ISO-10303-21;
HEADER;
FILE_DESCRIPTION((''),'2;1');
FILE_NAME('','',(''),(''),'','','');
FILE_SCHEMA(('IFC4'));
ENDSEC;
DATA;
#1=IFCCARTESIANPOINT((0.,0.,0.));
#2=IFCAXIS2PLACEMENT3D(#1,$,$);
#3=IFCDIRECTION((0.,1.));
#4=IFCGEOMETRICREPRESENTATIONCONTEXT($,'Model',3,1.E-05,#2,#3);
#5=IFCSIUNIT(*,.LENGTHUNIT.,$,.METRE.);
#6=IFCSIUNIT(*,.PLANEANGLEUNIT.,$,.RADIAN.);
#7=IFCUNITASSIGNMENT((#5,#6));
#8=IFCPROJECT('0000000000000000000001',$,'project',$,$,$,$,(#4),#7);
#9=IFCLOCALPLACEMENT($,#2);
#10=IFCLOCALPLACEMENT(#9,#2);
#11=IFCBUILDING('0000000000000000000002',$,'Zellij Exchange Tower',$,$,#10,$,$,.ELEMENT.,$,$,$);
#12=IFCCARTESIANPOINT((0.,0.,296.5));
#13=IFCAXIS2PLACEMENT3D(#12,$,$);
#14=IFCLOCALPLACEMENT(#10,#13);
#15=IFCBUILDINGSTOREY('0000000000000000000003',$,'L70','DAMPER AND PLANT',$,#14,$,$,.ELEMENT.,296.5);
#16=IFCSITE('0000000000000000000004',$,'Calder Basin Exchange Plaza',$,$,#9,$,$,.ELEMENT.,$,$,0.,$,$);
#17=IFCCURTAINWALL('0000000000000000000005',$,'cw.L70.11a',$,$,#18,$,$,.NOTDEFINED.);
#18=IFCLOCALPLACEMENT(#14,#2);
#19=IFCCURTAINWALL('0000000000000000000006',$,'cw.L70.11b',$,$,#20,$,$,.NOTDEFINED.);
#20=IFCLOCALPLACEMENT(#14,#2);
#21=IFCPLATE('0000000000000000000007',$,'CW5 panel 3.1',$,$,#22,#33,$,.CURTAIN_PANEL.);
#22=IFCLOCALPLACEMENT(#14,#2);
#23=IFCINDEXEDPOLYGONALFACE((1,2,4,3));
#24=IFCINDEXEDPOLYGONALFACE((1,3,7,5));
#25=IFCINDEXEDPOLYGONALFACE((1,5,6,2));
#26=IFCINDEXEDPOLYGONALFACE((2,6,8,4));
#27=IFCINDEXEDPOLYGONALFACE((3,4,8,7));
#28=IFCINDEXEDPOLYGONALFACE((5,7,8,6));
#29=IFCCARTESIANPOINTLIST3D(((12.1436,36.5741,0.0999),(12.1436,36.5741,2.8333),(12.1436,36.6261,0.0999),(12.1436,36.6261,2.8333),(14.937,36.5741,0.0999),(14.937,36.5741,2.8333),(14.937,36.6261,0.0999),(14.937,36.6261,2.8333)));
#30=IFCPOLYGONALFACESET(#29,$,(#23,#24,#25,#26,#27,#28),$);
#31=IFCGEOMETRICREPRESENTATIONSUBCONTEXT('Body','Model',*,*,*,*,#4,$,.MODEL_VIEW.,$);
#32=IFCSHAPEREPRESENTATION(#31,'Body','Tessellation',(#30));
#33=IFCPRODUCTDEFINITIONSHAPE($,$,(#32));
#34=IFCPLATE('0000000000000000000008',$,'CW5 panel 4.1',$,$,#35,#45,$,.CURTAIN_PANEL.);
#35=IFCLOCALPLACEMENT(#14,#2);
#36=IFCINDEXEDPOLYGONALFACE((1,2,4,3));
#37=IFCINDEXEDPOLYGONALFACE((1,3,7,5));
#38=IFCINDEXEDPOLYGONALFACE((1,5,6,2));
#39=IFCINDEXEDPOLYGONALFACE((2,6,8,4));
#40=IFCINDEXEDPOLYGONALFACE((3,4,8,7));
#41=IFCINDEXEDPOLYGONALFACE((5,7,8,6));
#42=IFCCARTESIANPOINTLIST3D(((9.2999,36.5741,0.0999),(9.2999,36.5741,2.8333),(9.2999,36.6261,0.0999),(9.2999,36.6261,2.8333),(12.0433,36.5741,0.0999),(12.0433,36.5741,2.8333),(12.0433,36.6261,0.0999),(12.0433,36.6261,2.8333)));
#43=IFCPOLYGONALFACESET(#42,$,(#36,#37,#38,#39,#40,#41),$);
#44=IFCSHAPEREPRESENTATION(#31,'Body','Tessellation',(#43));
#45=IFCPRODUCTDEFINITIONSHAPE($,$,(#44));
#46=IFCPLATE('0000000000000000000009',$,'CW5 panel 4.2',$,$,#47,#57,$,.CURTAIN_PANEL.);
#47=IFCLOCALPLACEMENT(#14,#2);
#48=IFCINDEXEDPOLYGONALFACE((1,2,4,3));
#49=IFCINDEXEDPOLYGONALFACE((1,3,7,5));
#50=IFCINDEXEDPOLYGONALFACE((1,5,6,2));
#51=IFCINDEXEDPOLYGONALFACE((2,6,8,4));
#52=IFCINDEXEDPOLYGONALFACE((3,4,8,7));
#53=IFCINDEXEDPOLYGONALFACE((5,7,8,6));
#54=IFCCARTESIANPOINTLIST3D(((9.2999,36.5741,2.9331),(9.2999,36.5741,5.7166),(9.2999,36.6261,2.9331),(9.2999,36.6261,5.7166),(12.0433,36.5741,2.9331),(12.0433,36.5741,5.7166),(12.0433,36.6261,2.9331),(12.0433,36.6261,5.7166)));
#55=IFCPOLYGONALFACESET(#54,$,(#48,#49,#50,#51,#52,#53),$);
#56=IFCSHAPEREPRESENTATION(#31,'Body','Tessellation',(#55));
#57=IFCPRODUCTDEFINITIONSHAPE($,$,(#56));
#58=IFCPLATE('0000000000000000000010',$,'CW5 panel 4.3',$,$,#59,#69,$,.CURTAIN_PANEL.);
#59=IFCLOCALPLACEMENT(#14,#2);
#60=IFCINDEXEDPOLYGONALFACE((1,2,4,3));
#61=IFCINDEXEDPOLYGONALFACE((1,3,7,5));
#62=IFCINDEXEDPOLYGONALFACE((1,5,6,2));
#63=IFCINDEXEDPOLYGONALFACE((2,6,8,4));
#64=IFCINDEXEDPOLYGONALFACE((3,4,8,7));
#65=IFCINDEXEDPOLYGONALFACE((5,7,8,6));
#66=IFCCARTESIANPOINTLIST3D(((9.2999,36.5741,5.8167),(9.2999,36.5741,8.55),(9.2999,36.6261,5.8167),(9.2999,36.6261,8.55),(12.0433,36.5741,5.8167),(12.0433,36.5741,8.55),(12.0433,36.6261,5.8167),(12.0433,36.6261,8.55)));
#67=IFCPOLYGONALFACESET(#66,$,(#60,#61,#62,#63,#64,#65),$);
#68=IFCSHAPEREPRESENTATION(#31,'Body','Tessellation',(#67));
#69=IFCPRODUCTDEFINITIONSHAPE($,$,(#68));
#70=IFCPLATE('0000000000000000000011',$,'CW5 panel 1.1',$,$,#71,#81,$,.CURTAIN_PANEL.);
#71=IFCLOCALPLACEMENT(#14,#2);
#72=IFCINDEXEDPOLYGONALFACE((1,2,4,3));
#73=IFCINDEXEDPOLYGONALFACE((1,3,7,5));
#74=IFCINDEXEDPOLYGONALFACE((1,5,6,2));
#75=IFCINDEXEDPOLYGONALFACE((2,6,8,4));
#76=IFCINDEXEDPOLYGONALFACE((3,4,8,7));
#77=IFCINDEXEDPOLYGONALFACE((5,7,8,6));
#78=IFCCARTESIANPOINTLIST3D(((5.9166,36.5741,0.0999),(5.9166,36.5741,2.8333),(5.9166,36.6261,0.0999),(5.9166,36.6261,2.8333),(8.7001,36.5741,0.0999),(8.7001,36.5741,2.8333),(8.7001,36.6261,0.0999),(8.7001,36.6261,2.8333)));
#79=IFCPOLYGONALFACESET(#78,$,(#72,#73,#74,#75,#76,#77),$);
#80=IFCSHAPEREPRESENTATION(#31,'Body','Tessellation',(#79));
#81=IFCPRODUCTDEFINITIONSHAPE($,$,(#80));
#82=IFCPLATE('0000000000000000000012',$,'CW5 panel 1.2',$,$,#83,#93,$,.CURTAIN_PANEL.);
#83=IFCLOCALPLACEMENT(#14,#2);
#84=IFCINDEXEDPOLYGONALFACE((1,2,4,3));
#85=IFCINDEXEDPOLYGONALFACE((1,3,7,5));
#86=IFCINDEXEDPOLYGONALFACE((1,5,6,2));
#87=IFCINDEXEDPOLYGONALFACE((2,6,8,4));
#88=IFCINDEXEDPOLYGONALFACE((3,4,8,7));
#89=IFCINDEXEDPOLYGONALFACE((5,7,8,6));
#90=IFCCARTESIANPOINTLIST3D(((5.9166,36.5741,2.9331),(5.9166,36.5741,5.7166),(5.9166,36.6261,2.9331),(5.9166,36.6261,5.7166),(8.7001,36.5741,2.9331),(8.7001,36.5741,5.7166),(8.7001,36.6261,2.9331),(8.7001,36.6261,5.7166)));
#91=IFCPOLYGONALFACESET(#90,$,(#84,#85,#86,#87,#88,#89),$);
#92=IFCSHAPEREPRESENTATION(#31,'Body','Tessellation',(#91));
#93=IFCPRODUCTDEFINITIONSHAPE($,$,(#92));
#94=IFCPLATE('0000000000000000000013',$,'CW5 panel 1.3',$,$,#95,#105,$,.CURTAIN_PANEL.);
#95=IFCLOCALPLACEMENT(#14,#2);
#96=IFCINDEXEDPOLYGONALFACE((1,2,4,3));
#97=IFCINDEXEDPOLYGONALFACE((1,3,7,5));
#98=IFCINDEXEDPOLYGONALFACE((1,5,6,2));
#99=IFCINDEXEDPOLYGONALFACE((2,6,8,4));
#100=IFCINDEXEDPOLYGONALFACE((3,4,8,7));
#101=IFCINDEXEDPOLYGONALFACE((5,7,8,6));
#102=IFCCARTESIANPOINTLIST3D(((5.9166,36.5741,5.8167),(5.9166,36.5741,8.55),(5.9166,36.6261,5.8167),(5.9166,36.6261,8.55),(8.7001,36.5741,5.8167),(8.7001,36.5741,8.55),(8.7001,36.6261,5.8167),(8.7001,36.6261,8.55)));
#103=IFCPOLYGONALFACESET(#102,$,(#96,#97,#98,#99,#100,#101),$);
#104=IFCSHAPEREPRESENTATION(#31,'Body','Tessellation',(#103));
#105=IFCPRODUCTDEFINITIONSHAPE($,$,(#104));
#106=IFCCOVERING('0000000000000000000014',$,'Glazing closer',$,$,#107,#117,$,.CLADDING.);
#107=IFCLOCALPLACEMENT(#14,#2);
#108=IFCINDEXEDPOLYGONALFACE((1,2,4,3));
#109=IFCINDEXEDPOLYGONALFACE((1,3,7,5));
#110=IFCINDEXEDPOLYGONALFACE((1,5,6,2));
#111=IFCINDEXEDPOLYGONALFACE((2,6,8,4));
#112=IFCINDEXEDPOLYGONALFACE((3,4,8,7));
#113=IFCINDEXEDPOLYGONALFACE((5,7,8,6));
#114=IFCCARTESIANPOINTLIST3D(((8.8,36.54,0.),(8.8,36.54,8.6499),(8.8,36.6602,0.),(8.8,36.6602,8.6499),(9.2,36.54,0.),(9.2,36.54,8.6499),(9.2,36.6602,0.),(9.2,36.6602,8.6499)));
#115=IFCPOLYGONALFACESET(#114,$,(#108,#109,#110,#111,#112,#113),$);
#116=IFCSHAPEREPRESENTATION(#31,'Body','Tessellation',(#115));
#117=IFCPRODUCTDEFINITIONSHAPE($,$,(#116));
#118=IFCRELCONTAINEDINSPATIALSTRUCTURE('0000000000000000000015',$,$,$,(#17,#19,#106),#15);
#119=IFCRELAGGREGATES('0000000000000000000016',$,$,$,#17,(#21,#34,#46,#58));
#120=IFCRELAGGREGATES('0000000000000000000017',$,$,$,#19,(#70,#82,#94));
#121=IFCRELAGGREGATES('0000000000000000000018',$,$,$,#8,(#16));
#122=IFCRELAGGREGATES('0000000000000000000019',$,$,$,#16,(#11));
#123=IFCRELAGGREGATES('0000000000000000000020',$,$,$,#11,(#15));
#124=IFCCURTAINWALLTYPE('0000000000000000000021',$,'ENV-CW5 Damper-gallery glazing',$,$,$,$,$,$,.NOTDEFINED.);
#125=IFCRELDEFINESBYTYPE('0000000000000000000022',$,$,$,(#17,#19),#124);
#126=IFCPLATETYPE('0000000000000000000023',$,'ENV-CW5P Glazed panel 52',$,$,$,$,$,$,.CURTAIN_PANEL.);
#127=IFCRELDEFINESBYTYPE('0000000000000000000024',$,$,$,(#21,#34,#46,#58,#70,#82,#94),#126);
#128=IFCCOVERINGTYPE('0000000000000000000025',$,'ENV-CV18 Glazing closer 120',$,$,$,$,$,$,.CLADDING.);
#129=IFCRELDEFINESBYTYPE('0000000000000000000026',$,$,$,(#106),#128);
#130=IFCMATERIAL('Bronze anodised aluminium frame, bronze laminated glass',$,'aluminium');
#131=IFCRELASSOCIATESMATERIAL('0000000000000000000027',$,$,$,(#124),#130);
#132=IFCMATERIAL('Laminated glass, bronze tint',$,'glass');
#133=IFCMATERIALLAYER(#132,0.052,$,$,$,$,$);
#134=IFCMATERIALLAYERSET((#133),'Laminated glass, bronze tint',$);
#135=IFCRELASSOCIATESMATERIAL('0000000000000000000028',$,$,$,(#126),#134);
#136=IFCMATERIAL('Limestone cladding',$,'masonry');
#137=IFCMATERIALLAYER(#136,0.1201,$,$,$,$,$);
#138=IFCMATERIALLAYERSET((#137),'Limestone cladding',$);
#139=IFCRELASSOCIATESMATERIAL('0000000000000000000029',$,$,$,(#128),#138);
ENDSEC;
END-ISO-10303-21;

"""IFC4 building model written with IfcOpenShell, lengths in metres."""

from ifc_helpers import new_model, si_unit, direction, frame, origin, origin_2d, place, context, subcontext, project, spatial, rectangle, extrude, material, layer, layer_set, type_object, element, aggregate, save


model = new_model("IFC4")

# Units and contexts
model_context = context("Model", 3, precision=1e-05, world=origin(), true_north=direction((0.0, 1.0)))
body_context = subcontext(model_context, "Body", "Model", "MODEL_VIEW")
ifc_project = project(units=[si_unit("LENGTHUNIT", "METRE"), si_unit("PLANEANGLEUNIT", "RADIAN")], contexts=[model_context])

# Site, building, storey
site_placement = place(None, origin())
site = spatial("IfcSite", under=ifc_project, at=site_placement, Name="Calder Basin Exchange Plaza", CompositionType="ELEMENT", RefElevation=0.0)
building_placement = place(site_placement, origin())
building = spatial("IfcBuilding", under=site, at=building_placement, Name="Zellij Exchange Tower", CompositionType="ELEMENT")
storey_placement = place(building_placement, frame((0.0, 0.0, 296.5)))
storey = spatial("IfcBuildingStorey", under=building, at=storey_placement, Name="L70", Description="DAMPER AND PLANT", CompositionType="ELEMENT", Elevation=296.5)

# Curtain walls
ifc_material_1 = material(Name="Bronze anodised aluminium frame, bronze laminated glass", Category="aluminium")
curtain_wall_type = type_object("IfcCurtainWallType", Name="ENV-CW5 Damper-gallery glazing", PredefinedType="NOTDEFINED", material=ifc_material_1)
curtain_wall_1_placement = place(storey_placement, origin())
curtain_wall_1 = element("IfcCurtainWall", 1, at=curtain_wall_1_placement, inside=storey, type_object=curtain_wall_type, Name="cw.L70.11a", PredefinedType="NOTDEFINED")
curtain_wall_2_placement = place(storey_placement, origin())
curtain_wall_2 = element("IfcCurtainWall", 2, at=curtain_wall_2_placement, inside=storey, type_object=curtain_wall_type, Name="cw.L70.11b", PredefinedType="NOTDEFINED")

# Plates
ifc_material_2 = material(Name="Laminated glass, bronze tint", Category="glass")
ifc_layer_1 = layer(ifc_material_2, 0.052)
ifc_layer_set_1 = layer_set([ifc_layer_1], Name="Laminated glass, bronze tint")
plate_type = type_object("IfcPlateType", Name="ENV-CW5P Glazed panel 52", PredefinedType="CURTAIN_PANEL", material=ifc_layer_set_1)
plate_1_placement = place(storey_placement, frame((13.5403, 36.6001, 0.0999), z_axis=(0.0, 0.0, 1.0), x_axis=(-1.0, 0.0, 0.0)))
plate_1 = element("IfcPlate", 3, at=plate_1_placement, type_object=plate_type, Name="CW5 panel 3.1", PredefinedType="CURTAIN_PANEL", context=body_context, shape_type="SweptSolid", body=[
    extrude(rectangle(XDim=2.7935, YDim=0.052, at=origin_2d()), origin(), (0.0, 0.0, 1.0), 2.7334),
])
plate_2_placement = place(storey_placement, frame((10.6716, 36.6001, 0.0999), z_axis=(0.0, 0.0, 1.0), x_axis=(-1.0, 0.0, 0.0)))
plate_2 = element("IfcPlate", 4, at=plate_2_placement, type_object=plate_type, Name="CW5 panel 4.1", PredefinedType="CURTAIN_PANEL", context=body_context, shape_type="SweptSolid", body=[
    extrude(rectangle(XDim=2.7434, YDim=0.052, at=origin_2d()), origin(), (0.0, 0.0, 1.0), 2.7334),
])
plate_3_placement = place(storey_placement, frame((10.6716, 36.6001, 2.9331), z_axis=(0.0, 0.0, 1.0), x_axis=(-1.0, 0.0, 0.0)))
plate_3 = element("IfcPlate", 5, at=plate_3_placement, type_object=plate_type, Name="CW5 panel 4.2", PredefinedType="CURTAIN_PANEL", context=body_context, shape_type="SweptSolid", body=[
    extrude(rectangle(XDim=2.7434, YDim=0.052, at=origin_2d()), origin(), (0.0, 0.0, 1.0), 2.7834),
])
plate_4_placement = place(storey_placement, frame((10.6716, 36.6001, 5.8167), z_axis=(0.0, 0.0, 1.0), x_axis=(-1.0, 0.0, 0.0)))
plate_4 = element("IfcPlate", 6, at=plate_4_placement, type_object=plate_type, Name="CW5 panel 4.3", PredefinedType="CURTAIN_PANEL", context=body_context, shape_type="SweptSolid", body=[
    extrude(rectangle(XDim=2.7434, YDim=0.052, at=origin_2d()), origin(), (0.0, 0.0, 1.0), 2.7334),
])
aggregate(curtain_wall_1, [plate_1, plate_2, plate_3, plate_4])
plate_5_placement = place(storey_placement, frame((7.3083, 36.6001, 0.0999), z_axis=(0.0, 0.0, 1.0), x_axis=(-1.0, 0.0, 0.0)))
plate_5 = element("IfcPlate", 7, at=plate_5_placement, type_object=plate_type, Name="CW5 panel 1.1", PredefinedType="CURTAIN_PANEL", context=body_context, shape_type="SweptSolid", body=[
    extrude(rectangle(XDim=2.7834, YDim=0.052, at=origin_2d()), origin(), (0.0, 0.0, 1.0), 2.7334),
])
plate_6_placement = place(storey_placement, frame((7.3083, 36.6001, 2.9331), z_axis=(0.0, 0.0, 1.0), x_axis=(-1.0, 0.0, 0.0)))
plate_6 = element("IfcPlate", 8, at=plate_6_placement, type_object=plate_type, Name="CW5 panel 1.2", PredefinedType="CURTAIN_PANEL", context=body_context, shape_type="SweptSolid", body=[
    extrude(rectangle(XDim=2.7834, YDim=0.052, at=origin_2d()), origin(), (0.0, 0.0, 1.0), 2.7834),
])
plate_7_placement = place(storey_placement, frame((7.3083, 36.6001, 5.8167), z_axis=(0.0, 0.0, 1.0), x_axis=(-1.0, 0.0, 0.0)))
plate_7 = element("IfcPlate", 9, at=plate_7_placement, type_object=plate_type, Name="CW5 panel 1.3", PredefinedType="CURTAIN_PANEL", context=body_context, shape_type="SweptSolid", body=[
    extrude(rectangle(XDim=2.7834, YDim=0.052, at=origin_2d()), origin(), (0.0, 0.0, 1.0), 2.7334),
])
aggregate(curtain_wall_2, [plate_5, plate_6, plate_7])

# Covering
ifc_material_3 = material(Name="Limestone cladding", Category="masonry")
ifc_layer_2 = layer(ifc_material_3, 0.1201)
ifc_layer_set_2 = layer_set([ifc_layer_2], Name="Limestone cladding")
covering_type = type_object("IfcCoveringType", Name="ENV-CV18 Glazing closer 120", PredefinedType="CLADDING", material=ifc_layer_set_2)
covering_placement = place(storey_placement, frame((9.0, 36.6001, 0.0), z_axis=(0.0, 0.0, 1.0), x_axis=(-1.0, 0.0, 0.0)))
element("IfcCovering", 10, at=covering_placement, inside=storey, type_object=covering_type, Name="Glazing closer", PredefinedType="CLADDING", context=body_context, shape_type="SweptSolid", body=[
    extrude(rectangle(XDim=0.3999, YDim=0.1201, at=origin_2d()), origin(), (0.0, 0.0, 1.0), 8.6499),
])

save(model, "model.ifc")
